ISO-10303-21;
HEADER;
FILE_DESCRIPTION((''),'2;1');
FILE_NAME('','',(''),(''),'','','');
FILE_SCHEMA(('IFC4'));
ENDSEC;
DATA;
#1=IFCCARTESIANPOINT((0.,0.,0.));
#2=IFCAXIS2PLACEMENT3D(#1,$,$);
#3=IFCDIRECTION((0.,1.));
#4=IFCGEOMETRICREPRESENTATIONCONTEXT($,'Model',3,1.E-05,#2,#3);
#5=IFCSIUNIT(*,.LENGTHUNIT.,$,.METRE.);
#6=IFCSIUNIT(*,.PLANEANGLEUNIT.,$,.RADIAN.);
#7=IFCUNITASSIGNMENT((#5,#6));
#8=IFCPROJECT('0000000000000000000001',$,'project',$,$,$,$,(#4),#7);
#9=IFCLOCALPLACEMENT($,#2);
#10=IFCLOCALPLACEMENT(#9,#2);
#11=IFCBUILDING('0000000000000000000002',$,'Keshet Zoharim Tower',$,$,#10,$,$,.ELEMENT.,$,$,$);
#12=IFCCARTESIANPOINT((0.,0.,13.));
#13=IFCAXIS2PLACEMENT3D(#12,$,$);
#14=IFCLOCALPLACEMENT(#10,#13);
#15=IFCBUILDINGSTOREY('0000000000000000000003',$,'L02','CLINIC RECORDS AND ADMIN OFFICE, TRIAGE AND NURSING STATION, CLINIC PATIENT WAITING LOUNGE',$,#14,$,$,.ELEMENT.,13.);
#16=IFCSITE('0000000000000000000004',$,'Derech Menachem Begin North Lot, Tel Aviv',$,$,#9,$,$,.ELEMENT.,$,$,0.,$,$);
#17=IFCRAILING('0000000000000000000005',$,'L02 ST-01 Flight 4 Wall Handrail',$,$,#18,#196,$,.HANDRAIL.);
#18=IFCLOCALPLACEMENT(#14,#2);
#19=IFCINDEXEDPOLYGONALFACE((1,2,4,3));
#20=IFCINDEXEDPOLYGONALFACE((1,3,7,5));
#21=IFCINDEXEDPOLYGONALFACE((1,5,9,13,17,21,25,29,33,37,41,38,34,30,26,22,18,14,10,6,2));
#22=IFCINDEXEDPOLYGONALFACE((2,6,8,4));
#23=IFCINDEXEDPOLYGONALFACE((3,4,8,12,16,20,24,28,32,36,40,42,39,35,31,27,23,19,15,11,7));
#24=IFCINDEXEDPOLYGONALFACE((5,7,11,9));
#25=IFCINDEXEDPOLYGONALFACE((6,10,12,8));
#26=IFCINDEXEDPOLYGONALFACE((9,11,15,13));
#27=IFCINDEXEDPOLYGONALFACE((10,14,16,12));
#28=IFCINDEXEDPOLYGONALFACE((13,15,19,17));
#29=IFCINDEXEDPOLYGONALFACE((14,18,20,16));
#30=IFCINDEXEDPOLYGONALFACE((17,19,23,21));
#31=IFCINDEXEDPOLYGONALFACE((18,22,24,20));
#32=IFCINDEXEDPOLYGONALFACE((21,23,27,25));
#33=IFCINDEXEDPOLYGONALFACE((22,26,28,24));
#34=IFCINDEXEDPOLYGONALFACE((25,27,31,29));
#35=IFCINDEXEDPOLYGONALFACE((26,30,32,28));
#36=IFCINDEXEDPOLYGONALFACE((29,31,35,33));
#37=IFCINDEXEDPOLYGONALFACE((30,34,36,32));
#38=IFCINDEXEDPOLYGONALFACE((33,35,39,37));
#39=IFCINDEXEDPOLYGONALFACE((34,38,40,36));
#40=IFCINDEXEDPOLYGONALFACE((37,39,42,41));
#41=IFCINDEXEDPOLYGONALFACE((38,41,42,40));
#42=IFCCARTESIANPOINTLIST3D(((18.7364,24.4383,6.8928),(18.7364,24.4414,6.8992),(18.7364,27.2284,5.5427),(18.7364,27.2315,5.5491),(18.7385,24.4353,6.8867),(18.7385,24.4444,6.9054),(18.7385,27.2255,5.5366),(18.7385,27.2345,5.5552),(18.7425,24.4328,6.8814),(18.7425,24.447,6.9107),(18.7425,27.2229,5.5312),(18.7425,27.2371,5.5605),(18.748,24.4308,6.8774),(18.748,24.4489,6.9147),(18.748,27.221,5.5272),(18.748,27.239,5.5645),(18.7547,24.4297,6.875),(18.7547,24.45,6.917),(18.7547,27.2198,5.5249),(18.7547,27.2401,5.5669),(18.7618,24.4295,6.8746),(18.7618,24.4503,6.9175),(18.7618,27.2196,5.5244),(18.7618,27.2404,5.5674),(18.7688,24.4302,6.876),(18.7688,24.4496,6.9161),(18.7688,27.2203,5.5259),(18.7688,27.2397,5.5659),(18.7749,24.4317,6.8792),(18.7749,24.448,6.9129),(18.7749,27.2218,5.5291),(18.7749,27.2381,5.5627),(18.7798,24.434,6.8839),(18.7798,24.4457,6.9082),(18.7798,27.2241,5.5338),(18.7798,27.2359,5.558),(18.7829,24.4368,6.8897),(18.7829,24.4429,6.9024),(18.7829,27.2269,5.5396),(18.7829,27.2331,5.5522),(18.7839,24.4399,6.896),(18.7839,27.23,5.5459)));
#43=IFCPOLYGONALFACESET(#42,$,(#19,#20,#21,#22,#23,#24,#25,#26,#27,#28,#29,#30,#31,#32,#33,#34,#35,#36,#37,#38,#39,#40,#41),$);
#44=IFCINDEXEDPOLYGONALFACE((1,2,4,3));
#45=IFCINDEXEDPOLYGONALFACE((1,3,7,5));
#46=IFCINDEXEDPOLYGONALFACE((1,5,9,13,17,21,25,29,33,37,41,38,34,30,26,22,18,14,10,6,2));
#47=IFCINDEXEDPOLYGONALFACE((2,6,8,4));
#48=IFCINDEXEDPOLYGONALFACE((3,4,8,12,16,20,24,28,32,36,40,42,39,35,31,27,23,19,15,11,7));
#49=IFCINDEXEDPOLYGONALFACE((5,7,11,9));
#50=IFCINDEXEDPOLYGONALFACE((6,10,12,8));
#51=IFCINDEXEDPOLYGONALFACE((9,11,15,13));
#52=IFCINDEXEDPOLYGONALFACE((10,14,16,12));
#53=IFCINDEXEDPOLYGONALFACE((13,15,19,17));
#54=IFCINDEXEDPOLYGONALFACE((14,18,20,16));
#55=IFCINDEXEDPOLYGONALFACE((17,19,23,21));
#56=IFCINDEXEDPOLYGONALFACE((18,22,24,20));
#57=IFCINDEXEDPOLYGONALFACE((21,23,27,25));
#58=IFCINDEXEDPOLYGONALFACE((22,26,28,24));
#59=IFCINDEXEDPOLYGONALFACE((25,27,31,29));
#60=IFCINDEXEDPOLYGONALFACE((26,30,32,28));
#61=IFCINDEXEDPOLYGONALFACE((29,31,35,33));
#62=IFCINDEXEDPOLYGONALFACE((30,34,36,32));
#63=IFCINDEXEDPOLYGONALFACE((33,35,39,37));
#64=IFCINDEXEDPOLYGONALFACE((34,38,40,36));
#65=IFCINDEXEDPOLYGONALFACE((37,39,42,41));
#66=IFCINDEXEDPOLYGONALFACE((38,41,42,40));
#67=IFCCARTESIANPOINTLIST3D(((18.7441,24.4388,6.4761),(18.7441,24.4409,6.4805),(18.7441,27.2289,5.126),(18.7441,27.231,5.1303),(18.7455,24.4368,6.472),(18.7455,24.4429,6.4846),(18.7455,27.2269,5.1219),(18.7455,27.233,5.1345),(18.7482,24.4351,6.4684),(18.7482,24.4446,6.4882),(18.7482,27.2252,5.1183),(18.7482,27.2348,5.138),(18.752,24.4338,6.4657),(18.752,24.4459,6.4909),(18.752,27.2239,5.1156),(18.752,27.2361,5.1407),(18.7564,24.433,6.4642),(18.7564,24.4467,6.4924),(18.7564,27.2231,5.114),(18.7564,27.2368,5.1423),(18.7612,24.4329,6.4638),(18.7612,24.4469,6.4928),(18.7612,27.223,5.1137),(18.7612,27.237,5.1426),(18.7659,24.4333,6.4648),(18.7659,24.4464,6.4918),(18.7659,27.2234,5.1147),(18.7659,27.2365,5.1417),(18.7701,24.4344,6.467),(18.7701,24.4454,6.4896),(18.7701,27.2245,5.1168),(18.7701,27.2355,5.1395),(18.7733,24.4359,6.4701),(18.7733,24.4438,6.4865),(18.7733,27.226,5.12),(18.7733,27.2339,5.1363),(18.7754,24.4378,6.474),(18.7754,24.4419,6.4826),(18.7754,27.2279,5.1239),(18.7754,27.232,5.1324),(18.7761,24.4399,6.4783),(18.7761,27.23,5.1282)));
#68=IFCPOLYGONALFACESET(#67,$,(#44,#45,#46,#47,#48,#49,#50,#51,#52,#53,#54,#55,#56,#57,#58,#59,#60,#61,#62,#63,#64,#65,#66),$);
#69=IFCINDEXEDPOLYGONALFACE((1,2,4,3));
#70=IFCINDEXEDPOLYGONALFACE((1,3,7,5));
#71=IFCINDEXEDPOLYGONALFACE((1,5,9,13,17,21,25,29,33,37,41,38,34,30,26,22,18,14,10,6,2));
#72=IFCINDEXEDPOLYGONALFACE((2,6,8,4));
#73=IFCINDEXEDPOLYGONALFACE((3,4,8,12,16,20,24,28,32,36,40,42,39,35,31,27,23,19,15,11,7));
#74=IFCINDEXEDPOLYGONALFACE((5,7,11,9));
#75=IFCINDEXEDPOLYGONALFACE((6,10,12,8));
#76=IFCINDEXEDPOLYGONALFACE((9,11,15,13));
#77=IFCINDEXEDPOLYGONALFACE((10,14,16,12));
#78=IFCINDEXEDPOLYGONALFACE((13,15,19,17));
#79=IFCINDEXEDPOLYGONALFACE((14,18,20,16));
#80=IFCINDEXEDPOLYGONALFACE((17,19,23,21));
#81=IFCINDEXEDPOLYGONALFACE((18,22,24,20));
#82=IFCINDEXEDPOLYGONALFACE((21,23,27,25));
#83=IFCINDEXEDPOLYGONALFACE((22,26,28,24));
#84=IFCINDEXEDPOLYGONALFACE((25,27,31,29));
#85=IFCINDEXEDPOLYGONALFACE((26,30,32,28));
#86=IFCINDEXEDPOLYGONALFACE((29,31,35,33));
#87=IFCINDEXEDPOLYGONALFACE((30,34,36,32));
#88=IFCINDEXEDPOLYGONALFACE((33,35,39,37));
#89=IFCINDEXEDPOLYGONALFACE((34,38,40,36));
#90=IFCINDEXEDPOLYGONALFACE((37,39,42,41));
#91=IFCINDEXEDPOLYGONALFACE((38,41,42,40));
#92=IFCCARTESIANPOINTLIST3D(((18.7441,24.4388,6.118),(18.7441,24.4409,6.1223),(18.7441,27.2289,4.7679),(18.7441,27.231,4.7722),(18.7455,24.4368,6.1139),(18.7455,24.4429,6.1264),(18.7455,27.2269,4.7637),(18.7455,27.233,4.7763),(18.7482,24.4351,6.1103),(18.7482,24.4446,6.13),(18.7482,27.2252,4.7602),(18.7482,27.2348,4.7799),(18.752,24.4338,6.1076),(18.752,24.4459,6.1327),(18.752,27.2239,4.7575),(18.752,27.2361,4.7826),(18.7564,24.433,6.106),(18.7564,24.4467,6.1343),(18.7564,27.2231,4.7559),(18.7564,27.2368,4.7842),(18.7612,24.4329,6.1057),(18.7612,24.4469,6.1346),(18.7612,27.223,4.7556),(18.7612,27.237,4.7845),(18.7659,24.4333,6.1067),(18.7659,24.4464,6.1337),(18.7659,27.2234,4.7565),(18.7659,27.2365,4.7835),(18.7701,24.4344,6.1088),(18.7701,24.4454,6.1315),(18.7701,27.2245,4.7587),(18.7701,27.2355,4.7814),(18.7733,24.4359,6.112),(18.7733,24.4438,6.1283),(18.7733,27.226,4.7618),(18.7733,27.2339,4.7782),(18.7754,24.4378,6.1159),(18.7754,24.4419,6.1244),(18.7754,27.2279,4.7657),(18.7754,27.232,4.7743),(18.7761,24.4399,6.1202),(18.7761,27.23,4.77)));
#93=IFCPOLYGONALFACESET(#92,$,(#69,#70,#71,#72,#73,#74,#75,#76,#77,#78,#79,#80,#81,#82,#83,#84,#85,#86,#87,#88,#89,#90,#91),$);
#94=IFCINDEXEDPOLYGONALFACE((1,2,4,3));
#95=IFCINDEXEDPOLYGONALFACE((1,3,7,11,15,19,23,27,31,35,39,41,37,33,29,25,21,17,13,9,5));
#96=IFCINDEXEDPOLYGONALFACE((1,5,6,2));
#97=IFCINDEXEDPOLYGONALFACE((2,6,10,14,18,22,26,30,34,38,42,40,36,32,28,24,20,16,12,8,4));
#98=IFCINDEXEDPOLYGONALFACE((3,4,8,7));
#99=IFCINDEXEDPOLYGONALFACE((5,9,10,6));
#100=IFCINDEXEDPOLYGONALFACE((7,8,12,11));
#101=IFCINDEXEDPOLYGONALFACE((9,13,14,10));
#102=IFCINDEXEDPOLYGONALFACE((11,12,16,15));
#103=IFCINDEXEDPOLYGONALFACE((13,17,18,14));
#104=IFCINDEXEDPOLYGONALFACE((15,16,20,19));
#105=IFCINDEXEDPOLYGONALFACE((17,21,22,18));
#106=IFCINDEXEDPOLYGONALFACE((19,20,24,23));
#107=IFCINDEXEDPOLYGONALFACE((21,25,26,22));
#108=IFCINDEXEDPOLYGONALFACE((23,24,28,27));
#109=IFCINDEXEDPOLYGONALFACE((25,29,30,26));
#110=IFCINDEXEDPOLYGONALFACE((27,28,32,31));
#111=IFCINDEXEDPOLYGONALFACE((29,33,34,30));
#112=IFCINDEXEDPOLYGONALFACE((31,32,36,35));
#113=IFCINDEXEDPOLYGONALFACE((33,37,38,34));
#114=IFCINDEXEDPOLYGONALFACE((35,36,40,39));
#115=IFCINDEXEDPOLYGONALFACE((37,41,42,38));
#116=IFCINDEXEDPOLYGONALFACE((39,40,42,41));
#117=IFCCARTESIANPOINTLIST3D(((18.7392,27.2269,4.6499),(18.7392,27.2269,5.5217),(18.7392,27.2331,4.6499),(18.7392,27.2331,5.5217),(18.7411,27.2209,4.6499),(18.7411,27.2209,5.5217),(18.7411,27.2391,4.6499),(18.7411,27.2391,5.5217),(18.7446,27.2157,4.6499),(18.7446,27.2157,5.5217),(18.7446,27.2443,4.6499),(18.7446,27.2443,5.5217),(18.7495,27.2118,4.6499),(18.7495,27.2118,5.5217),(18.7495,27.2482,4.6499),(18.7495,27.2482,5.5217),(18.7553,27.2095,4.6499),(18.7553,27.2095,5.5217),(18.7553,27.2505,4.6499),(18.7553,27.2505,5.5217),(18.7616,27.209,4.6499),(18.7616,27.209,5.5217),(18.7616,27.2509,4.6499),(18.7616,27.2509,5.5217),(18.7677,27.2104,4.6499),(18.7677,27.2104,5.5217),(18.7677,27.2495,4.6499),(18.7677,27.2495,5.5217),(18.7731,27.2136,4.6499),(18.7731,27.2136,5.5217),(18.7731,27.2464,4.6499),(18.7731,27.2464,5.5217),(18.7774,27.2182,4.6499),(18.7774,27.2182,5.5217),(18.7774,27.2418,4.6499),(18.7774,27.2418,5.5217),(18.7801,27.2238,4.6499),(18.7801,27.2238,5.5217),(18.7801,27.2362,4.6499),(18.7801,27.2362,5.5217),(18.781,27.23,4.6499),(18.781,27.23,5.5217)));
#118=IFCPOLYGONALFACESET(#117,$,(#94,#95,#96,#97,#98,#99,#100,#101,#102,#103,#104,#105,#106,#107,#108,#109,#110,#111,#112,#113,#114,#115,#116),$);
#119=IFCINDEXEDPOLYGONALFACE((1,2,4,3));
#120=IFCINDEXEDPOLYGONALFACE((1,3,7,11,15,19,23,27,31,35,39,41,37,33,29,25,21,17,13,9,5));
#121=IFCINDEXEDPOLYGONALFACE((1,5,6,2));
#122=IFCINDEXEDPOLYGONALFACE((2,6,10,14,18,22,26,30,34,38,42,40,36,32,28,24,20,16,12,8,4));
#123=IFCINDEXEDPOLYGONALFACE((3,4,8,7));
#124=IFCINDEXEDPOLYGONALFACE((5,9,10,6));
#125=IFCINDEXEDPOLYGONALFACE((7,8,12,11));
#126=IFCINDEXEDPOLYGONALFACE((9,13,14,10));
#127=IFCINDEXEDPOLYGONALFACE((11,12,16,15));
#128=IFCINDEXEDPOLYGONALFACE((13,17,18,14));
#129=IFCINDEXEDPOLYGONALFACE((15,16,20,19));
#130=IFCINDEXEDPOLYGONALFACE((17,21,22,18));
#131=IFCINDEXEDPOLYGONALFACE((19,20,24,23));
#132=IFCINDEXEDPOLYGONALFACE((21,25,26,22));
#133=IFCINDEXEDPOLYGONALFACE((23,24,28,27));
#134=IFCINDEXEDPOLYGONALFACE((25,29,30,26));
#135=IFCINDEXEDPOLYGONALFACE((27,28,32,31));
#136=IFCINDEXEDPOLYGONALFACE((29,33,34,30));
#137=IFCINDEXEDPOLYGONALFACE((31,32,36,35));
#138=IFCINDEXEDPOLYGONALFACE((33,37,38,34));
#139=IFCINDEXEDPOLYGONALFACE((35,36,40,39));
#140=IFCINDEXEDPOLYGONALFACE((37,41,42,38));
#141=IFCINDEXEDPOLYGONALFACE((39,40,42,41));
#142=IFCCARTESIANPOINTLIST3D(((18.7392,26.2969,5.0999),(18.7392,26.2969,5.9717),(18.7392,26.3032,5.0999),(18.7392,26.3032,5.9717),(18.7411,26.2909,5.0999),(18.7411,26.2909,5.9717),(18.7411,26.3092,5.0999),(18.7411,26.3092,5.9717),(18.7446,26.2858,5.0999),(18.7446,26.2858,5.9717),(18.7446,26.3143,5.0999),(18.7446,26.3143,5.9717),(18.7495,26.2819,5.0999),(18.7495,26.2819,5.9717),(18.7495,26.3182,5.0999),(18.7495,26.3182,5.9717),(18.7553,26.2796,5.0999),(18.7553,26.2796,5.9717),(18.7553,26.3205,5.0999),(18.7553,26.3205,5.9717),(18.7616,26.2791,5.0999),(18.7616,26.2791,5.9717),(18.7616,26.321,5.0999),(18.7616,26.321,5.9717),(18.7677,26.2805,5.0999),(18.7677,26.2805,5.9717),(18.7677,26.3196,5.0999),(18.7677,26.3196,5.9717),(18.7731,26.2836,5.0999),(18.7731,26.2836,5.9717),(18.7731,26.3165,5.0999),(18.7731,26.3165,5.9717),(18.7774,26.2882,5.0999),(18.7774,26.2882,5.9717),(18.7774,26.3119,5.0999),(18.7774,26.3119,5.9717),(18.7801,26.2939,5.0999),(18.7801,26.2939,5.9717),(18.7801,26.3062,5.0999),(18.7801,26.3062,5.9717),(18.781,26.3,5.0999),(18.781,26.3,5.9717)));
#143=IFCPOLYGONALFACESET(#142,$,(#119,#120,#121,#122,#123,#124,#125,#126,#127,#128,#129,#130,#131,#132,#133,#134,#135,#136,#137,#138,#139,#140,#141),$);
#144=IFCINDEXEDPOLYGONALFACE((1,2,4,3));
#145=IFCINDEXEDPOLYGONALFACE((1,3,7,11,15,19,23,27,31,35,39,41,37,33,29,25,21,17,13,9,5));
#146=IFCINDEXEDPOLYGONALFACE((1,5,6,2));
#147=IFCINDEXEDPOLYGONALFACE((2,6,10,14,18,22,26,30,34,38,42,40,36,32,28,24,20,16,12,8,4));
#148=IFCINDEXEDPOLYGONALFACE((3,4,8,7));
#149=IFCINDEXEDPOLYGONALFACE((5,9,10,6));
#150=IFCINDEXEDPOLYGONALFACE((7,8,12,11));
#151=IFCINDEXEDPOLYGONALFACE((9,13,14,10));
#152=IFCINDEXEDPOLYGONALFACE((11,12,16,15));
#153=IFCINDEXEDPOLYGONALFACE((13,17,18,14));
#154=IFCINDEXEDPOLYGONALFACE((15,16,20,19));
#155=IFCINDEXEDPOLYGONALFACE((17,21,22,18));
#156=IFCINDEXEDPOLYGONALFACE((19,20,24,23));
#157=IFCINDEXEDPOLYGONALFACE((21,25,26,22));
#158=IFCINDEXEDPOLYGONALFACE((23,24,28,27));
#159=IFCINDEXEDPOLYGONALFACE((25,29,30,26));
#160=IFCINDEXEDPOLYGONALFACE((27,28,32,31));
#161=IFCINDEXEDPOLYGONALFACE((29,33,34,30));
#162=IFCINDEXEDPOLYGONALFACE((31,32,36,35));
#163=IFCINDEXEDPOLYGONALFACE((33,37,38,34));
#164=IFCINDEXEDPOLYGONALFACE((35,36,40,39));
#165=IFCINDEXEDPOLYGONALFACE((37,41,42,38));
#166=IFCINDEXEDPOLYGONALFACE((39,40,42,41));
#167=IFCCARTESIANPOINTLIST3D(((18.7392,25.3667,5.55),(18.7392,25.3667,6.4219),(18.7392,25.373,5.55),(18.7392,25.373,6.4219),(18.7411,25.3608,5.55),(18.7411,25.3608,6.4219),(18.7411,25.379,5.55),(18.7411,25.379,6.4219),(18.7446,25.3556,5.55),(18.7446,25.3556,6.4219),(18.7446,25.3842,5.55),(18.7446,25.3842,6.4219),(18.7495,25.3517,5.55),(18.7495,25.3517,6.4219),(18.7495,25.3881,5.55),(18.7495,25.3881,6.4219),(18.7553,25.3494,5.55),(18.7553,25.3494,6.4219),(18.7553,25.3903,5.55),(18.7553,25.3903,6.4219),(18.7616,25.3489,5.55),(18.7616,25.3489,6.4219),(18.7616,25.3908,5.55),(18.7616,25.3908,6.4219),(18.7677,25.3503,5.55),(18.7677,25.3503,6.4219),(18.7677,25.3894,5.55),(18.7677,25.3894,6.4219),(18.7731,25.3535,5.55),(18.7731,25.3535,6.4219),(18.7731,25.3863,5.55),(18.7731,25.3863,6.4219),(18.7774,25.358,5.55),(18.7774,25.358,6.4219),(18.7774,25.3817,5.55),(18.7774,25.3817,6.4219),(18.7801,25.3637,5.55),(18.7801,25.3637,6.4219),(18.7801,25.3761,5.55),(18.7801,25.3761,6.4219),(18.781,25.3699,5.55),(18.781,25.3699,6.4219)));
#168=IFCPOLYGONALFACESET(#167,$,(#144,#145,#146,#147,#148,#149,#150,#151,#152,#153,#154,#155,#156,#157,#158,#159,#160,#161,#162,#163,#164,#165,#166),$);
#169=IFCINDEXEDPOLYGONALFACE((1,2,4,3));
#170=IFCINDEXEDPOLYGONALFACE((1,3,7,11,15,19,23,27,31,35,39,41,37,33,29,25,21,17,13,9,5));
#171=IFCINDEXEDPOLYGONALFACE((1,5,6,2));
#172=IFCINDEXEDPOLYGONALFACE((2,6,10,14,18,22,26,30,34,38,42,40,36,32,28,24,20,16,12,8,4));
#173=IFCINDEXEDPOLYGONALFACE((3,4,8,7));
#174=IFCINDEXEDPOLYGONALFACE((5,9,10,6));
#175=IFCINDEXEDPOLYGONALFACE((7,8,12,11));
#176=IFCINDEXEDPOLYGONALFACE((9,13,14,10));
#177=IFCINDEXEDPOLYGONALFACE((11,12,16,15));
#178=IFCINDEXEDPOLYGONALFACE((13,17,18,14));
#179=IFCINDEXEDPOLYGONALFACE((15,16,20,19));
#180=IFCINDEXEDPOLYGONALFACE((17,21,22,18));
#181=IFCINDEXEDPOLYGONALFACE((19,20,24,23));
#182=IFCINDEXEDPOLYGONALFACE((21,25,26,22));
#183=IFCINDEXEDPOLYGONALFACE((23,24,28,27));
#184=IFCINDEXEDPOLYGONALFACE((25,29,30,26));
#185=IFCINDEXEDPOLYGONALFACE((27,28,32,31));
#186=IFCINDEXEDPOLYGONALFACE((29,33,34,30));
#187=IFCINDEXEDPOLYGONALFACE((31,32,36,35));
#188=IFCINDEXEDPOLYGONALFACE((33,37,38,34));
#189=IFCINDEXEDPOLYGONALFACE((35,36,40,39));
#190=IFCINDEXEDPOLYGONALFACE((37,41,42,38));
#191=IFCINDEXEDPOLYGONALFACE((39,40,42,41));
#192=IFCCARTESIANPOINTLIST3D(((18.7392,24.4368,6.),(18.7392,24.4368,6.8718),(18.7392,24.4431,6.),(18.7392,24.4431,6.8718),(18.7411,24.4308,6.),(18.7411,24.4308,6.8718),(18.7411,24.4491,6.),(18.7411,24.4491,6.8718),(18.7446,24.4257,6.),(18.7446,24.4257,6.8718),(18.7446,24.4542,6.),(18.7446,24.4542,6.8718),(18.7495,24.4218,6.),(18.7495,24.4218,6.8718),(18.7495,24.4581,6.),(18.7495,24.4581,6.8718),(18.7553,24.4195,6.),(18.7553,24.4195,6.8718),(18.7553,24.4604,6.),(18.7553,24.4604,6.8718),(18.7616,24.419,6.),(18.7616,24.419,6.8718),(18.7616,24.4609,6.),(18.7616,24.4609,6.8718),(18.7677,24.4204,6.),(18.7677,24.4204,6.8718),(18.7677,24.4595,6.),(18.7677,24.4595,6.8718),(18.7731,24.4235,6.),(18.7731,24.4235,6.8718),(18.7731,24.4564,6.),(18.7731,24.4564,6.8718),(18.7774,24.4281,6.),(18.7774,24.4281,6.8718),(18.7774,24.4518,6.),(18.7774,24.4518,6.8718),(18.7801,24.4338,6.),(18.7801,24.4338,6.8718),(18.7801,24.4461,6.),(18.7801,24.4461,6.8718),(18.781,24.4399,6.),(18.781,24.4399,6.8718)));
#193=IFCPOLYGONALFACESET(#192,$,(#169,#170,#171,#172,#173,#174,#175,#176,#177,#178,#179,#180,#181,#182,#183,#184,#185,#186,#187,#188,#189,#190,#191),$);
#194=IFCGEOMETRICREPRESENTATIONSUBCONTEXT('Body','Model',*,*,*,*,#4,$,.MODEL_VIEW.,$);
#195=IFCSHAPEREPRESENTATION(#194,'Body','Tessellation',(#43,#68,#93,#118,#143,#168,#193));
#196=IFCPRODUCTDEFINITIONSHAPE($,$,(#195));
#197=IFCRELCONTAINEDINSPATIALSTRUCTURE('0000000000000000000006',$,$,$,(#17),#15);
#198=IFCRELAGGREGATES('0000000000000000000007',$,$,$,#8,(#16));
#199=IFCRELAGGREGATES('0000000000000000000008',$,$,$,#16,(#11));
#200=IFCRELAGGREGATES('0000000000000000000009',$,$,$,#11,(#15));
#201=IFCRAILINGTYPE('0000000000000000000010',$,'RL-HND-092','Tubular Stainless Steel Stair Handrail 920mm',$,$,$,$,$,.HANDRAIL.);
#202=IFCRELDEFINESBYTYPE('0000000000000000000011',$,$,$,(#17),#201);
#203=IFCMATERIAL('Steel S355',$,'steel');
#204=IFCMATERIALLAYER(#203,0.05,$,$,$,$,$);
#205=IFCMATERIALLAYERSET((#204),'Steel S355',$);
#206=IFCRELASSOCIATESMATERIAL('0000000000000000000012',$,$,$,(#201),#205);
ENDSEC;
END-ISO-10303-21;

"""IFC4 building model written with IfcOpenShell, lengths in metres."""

from ifc_helpers import new_model, si_unit, direction, frame, origin, origin_2d, place, context, subcontext, project, spatial, circle, extrude, material, layer, layer_set, type_object, element, save


model = new_model("IFC4")

# Units and contexts
model_context = context("Model", 3, precision=1e-05, world=origin(), true_north=direction((0.0, 1.0)))
body_context = subcontext(model_context, "Body", "Model", "MODEL_VIEW")
ifc_project = project(units=[si_unit("LENGTHUNIT", "METRE"), si_unit("PLANEANGLEUNIT", "RADIAN")], contexts=[model_context])

# Site, building, storey
site_placement = place(None, origin())
site = spatial("IfcSite", under=ifc_project, at=site_placement, Name="Derech Menachem Begin North Lot, Tel Aviv", CompositionType="ELEMENT", RefElevation=0.0)
building_placement = place(site_placement, origin())
building = spatial("IfcBuilding", under=site, at=building_placement, Name="Keshet Zoharim Tower", CompositionType="ELEMENT")
storey_placement = place(building_placement, frame((0.0, 0.0, 13.0)))
storey = spatial("IfcBuildingStorey", under=building, at=storey_placement, Name="L02", Description="CLINIC RECORDS AND ADMIN OFFICE, TRIAGE AND NURSING STATION, CLINIC PATIENT WAITING LOUNGE", CompositionType="ELEMENT", Elevation=13.0)

# Shared definitions
ifc_material_1 = material(Name="Steel S355", Category="steel")

# Railing
ifc_layer_1 = layer(ifc_material_1, 0.05)
ifc_layer_set_1 = layer_set([ifc_layer_1], Name="Steel S355")
railing_type_1 = type_object("IfcRailingType", Name="RL-HND-092", Description="Tubular Stainless Steel Stair Handrail 920mm", PredefinedType="HANDRAIL", material=ifc_layer_set_1)
for number, where, name in (
    (1, (18.76, 27.23, 4.6499), "L02 ST-01 Flight 4 Wall Handrail"),
):
    element("IfcRailing", number, at=place(storey_placement, frame(where)), inside=storey, type_object=railing_type_1, Name=name, PredefinedType="HANDRAIL", context=body_context, shape_type="SweptSolid", body=[
        extrude(circle(Radius=0.0239, at=origin_2d()), frame((0.0, 0.0, 0.896), z_axis=(0.0, -0.900149, 0.435582), x_axis=(1.0, 0.0, 0.0)), (0.0, 0.0, 1.0), 3.0996),
        extrude(circle(Radius=0.0161, at=origin_2d()), frame((0.0, 0.0, 0.4783), z_axis=(0.0, -0.900149, 0.435582), x_axis=(1.0, 0.0, 0.0)), (0.0, 0.0, 1.0), 3.0996),
        extrude(circle(Radius=0.0161, at=origin_2d()), frame((0.0, 0.0, 0.1201), z_axis=(0.0, -0.900149, 0.435582), x_axis=(1.0, 0.0, 0.0)), (0.0, 0.0, 1.0), 3.0996),
        extrude(circle(Radius=0.021, at=origin_2d()), origin(), (0.0, 0.0, 1.0), 0.8718),
        extrude(circle(Radius=0.021, at=origin_2d()), frame((0.0, -0.9299, 0.45)), (0.0, 0.0, 1.0), 0.8718),
        extrude(circle(Radius=0.021, at=origin_2d()), frame((0.0, -1.8601, 0.9001)), (0.0, 0.0, 1.0), 0.8718),
        extrude(circle(Radius=0.021, at=origin_2d()), frame((0.0, -2.79, 1.3501)), (0.0, 0.0, 1.0), 0.8718),
    ])

save(model, "model.ifc")
